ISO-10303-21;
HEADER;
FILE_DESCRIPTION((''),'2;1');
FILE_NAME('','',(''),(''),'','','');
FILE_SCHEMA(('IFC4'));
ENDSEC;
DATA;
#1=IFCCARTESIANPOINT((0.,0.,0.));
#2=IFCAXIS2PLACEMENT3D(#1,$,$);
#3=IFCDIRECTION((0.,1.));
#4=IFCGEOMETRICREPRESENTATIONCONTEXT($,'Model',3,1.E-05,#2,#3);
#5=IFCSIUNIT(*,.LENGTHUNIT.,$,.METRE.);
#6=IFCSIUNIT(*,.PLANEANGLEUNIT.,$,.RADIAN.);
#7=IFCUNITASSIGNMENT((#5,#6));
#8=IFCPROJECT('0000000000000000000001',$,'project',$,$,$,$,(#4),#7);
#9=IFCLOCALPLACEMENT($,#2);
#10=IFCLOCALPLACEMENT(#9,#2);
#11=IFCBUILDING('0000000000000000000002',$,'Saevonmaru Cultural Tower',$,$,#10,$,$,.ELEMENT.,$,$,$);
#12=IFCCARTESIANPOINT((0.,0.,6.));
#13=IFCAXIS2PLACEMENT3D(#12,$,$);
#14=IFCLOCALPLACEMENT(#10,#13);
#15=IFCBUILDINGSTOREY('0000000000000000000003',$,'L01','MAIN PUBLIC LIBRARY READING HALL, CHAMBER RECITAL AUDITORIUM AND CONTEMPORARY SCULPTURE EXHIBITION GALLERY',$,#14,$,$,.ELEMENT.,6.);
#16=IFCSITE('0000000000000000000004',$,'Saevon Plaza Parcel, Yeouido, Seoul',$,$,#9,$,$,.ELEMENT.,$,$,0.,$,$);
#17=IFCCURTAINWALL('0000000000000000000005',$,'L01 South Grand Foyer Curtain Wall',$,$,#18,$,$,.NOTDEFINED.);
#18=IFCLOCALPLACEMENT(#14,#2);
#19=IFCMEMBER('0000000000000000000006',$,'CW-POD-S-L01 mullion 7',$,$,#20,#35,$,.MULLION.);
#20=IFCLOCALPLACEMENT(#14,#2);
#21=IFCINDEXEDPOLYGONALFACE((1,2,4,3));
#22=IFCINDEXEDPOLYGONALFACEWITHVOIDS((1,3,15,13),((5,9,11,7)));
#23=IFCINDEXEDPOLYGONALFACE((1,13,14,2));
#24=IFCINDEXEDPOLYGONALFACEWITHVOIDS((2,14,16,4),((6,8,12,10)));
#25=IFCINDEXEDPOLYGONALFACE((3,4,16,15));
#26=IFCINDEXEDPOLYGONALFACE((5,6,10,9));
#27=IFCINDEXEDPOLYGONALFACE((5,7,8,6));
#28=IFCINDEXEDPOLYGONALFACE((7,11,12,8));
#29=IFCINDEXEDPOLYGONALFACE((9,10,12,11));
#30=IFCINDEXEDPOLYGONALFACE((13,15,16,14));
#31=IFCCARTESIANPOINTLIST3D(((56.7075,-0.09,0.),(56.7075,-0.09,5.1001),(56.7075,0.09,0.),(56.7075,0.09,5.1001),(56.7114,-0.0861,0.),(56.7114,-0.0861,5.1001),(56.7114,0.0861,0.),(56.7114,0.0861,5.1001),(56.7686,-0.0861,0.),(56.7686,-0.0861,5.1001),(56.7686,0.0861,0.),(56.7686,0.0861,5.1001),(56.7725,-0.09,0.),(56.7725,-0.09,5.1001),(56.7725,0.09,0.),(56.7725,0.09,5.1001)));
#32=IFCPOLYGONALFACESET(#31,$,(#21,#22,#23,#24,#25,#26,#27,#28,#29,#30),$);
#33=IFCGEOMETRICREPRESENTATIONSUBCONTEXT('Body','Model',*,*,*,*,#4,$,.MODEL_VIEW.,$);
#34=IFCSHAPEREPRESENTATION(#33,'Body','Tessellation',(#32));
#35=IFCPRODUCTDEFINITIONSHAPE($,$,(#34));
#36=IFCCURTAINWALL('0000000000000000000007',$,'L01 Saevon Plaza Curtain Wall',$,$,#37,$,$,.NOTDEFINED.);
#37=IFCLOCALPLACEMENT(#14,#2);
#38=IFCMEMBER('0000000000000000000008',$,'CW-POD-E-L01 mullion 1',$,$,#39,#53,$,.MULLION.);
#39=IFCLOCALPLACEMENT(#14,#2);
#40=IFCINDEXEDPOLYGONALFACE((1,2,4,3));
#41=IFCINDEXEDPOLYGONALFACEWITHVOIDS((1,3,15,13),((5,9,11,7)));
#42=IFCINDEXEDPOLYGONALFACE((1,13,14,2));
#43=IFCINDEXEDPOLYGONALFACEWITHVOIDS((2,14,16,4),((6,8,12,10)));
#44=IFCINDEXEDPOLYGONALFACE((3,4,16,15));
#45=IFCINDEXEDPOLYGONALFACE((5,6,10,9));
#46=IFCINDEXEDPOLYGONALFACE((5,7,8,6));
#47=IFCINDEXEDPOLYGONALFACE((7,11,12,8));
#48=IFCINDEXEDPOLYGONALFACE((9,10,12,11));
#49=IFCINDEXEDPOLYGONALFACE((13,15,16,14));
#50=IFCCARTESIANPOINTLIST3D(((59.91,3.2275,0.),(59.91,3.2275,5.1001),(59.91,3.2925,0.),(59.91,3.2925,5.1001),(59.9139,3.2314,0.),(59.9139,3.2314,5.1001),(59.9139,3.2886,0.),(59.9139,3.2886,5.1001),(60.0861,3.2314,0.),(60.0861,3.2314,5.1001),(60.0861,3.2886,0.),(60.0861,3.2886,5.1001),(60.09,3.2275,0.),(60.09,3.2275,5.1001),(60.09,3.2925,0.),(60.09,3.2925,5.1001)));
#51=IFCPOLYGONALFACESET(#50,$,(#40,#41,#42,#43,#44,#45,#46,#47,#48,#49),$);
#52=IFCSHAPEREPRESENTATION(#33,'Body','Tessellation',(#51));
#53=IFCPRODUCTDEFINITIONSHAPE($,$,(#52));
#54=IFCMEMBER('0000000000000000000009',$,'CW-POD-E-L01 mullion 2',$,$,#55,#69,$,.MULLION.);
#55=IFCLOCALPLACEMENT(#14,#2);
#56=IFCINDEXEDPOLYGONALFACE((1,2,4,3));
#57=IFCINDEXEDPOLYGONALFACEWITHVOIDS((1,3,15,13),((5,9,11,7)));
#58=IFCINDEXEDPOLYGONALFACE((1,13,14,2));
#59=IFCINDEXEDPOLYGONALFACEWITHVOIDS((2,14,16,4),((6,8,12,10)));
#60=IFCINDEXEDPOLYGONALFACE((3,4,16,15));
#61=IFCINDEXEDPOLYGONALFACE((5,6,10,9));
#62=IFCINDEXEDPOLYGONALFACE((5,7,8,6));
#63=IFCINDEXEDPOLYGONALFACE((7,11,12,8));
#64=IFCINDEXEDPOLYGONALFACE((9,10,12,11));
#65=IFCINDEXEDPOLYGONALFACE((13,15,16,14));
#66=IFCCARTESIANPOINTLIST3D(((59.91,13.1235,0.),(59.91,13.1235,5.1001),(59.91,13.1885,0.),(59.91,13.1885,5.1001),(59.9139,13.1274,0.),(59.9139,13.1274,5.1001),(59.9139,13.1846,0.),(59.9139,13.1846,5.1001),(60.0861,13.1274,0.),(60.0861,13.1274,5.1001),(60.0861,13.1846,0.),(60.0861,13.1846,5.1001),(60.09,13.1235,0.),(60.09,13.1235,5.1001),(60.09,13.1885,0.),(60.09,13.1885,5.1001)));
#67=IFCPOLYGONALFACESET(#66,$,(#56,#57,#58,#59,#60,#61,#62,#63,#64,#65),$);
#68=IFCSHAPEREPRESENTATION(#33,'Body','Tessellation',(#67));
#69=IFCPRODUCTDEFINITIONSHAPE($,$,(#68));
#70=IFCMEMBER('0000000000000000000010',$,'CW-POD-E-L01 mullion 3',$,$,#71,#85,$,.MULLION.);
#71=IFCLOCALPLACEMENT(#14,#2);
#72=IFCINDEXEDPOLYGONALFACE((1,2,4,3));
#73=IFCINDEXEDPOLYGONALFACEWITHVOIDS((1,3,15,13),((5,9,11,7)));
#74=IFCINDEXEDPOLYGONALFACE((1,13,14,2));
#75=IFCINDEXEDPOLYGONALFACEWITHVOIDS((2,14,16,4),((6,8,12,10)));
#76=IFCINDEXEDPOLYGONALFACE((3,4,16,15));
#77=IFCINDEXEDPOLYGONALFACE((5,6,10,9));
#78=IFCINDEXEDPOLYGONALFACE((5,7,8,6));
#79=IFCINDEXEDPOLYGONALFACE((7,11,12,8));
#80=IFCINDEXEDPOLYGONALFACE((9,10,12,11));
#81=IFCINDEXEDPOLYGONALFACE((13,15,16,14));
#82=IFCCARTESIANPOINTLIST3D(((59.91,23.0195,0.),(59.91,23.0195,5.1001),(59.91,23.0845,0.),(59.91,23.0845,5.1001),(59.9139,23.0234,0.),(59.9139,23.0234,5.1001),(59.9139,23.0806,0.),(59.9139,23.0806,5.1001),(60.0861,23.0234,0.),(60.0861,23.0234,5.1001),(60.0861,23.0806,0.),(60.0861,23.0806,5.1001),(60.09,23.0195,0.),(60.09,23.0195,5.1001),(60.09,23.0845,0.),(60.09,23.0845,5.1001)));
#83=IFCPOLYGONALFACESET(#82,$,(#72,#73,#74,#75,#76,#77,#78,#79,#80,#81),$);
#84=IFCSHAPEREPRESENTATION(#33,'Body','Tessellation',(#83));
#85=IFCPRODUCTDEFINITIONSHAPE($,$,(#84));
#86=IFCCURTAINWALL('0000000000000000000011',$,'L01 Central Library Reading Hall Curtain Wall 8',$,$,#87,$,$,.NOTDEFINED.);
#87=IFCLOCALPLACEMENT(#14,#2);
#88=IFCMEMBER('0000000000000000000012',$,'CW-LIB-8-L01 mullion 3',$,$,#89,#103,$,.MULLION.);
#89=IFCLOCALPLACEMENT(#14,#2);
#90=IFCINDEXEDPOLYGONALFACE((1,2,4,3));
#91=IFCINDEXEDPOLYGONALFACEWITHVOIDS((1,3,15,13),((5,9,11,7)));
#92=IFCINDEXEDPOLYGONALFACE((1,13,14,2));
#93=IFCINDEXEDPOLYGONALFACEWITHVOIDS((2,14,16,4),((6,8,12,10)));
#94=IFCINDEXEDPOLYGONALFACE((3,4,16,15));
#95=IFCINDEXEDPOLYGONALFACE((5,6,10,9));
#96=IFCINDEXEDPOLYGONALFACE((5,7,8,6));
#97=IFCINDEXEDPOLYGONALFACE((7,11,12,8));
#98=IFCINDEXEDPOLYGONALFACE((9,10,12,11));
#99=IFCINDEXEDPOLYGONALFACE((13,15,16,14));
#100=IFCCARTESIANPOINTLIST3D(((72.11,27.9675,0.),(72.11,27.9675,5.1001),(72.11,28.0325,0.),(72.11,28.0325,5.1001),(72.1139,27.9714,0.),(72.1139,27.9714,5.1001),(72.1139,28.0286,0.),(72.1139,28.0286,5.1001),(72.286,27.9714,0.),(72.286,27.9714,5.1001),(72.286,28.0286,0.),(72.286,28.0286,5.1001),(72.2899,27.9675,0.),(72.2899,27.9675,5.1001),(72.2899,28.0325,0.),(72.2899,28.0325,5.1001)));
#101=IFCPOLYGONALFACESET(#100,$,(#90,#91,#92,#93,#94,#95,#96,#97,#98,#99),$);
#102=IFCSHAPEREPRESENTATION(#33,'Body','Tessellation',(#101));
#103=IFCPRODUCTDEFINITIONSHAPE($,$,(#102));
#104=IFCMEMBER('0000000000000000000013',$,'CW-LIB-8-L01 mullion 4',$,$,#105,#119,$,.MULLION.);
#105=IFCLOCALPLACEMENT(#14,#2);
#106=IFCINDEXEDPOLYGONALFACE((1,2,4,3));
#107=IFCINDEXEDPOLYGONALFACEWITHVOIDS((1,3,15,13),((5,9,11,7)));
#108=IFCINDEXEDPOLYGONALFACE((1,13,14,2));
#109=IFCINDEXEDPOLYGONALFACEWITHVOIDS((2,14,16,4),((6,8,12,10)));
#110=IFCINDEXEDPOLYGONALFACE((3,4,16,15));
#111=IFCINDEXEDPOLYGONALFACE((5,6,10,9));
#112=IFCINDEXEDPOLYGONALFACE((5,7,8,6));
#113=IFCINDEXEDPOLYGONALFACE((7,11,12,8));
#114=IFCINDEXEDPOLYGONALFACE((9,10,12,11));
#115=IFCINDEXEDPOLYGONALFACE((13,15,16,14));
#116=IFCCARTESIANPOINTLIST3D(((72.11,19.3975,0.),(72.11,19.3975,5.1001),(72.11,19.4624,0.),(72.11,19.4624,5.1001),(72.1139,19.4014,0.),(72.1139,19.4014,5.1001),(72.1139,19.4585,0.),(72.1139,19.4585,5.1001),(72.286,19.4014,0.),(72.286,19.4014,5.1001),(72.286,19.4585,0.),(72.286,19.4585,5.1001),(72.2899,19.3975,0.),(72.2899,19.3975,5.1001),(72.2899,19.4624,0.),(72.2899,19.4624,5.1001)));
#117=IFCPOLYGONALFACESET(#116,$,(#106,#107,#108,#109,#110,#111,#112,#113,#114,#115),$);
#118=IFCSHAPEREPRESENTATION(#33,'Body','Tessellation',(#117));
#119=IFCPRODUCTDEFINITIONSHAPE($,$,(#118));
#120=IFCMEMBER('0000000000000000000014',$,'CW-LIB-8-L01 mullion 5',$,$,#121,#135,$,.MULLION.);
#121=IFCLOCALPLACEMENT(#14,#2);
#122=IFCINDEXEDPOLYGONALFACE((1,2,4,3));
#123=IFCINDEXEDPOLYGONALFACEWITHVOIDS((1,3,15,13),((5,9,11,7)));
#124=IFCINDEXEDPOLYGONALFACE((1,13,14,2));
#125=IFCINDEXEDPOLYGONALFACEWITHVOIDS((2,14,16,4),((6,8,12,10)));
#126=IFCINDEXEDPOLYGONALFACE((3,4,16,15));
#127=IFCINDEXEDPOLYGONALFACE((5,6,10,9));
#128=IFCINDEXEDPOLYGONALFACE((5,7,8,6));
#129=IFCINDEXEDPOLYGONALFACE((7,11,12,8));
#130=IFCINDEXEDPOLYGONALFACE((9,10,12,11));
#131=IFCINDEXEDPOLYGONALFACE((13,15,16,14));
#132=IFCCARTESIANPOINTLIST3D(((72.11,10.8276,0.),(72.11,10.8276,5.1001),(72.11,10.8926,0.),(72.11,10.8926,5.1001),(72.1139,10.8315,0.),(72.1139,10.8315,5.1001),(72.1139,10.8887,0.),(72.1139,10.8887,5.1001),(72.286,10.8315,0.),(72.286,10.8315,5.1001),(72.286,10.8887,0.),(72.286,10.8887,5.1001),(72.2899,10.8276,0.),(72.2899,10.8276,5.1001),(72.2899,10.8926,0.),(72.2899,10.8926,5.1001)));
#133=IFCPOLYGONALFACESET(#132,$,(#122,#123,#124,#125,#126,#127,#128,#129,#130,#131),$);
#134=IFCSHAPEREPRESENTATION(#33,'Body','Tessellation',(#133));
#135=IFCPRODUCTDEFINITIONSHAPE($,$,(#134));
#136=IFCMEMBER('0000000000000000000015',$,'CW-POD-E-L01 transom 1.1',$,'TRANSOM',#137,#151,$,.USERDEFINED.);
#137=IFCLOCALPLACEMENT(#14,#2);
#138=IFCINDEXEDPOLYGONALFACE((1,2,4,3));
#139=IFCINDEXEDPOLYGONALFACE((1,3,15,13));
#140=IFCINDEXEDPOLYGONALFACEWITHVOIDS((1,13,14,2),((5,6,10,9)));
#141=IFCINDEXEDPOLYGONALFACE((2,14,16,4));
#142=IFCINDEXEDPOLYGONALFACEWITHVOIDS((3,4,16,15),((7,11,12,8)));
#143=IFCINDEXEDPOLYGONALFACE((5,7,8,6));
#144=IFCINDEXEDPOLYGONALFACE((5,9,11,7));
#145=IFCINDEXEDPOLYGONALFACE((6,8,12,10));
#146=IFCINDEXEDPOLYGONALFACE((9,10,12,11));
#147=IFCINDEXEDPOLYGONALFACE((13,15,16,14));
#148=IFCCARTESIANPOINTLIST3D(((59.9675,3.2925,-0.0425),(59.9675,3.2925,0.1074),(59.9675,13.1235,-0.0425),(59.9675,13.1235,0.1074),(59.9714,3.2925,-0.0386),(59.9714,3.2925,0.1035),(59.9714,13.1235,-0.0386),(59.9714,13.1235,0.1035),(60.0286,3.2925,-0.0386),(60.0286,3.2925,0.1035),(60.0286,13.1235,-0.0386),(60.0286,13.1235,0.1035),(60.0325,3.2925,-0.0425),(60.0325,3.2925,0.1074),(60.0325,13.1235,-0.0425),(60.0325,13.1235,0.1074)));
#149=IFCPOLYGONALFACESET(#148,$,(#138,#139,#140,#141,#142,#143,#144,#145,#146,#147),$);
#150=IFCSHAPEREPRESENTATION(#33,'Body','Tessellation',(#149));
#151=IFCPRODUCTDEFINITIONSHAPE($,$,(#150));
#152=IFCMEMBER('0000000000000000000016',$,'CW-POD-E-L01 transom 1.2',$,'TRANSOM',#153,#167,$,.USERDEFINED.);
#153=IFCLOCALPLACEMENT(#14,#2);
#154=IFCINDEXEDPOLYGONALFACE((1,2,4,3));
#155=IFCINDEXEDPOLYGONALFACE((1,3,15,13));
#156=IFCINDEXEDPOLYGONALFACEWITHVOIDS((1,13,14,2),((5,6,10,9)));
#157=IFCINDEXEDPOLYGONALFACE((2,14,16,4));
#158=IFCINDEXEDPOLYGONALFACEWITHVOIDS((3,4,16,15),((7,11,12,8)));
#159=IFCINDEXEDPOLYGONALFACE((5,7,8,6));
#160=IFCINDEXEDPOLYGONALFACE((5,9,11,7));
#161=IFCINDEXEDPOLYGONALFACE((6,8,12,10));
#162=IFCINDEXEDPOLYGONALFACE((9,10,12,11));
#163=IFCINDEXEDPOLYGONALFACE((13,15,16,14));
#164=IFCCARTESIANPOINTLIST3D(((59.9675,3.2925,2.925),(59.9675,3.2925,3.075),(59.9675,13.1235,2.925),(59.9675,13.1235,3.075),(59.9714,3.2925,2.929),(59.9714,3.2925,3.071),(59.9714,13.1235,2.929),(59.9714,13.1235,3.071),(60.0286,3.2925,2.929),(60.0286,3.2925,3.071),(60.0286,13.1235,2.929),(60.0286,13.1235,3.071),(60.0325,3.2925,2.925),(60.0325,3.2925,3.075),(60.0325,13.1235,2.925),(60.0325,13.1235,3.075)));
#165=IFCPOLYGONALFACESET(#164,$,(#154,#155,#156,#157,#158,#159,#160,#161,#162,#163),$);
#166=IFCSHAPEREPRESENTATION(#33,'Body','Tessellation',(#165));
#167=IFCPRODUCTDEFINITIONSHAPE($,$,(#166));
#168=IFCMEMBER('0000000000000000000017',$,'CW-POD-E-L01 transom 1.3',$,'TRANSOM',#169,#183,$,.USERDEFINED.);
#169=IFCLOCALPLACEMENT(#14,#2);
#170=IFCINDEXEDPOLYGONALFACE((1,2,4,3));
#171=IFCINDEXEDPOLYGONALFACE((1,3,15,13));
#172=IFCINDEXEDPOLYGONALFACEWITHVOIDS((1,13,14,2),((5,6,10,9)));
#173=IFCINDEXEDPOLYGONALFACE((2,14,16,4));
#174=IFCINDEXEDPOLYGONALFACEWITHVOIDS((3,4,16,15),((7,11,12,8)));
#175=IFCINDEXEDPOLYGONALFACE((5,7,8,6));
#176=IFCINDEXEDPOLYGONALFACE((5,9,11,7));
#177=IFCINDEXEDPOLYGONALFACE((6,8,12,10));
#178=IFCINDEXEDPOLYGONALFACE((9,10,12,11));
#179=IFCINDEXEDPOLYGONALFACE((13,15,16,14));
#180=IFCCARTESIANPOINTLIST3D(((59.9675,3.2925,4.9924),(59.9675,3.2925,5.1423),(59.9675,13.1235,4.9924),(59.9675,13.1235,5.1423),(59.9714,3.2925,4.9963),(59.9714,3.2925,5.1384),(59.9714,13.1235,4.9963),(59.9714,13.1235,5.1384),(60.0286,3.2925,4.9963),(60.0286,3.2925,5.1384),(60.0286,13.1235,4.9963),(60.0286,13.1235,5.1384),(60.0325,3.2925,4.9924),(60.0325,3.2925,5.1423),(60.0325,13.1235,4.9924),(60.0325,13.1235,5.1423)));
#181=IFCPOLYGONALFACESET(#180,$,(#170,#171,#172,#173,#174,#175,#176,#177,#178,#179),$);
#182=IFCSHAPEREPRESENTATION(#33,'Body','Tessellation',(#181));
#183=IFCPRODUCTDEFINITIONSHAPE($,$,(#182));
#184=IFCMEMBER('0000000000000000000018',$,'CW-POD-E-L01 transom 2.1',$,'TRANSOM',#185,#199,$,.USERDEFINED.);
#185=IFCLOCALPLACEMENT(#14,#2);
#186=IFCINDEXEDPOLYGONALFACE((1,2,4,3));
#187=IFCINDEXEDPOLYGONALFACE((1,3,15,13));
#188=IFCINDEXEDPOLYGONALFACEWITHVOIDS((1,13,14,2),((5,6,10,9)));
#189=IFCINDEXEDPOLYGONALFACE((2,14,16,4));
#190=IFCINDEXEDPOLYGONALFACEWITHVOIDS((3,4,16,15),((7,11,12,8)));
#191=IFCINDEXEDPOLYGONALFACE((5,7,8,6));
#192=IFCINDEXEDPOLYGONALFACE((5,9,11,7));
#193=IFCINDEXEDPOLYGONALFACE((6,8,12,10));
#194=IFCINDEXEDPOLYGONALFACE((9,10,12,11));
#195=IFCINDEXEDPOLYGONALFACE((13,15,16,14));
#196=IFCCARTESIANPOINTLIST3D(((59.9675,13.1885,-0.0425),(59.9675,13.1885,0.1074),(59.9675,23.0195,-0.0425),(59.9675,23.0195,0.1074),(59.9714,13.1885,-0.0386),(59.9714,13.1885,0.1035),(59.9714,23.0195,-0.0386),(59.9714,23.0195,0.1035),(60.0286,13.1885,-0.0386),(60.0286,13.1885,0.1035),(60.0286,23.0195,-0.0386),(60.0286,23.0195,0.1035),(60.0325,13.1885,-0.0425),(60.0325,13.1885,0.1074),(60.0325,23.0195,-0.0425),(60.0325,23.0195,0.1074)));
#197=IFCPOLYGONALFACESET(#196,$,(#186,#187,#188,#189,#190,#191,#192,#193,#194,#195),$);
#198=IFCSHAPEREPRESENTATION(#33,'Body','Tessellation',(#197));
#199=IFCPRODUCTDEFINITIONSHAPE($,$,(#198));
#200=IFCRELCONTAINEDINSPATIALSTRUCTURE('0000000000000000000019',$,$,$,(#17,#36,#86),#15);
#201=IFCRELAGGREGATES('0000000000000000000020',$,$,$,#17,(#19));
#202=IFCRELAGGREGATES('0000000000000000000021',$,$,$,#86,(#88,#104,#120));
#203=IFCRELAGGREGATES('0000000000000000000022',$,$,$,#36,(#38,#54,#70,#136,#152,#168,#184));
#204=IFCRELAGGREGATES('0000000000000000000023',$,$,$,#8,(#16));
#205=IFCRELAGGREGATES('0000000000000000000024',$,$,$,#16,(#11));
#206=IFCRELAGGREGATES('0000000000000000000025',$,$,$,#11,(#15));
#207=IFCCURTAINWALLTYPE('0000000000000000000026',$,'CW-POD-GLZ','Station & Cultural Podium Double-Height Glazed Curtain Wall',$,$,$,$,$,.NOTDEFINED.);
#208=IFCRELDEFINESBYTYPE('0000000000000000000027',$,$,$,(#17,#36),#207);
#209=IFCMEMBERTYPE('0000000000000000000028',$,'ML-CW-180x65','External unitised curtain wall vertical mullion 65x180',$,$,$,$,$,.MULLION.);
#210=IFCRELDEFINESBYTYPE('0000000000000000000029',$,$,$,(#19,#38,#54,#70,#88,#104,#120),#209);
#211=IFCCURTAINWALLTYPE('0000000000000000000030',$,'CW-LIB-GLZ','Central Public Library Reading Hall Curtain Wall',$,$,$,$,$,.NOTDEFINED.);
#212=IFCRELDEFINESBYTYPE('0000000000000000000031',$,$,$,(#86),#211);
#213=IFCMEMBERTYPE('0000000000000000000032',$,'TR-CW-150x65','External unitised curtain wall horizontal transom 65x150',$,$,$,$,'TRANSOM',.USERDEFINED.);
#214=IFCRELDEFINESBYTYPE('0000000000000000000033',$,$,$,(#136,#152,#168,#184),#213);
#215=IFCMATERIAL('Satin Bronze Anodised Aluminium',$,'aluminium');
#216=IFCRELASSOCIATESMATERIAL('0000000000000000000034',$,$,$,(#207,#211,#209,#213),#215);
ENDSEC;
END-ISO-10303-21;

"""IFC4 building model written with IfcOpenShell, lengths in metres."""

from ifc_helpers import new_model, si_unit, direction, frame, origin, origin_2d, place, context, subcontext, project, spatial, hollow_rectangle, extrude, material, material_profile, profile_set, type_object, element, aggregate, save


model = new_model("IFC4")

# Units and contexts
model_context = context("Model", 3, precision=1e-05, world=origin(), true_north=direction((0.0, 1.0)))
body_context = subcontext(model_context, "Body", "Model", "MODEL_VIEW")
ifc_project = project(units=[si_unit("LENGTHUNIT", "METRE"), si_unit("PLANEANGLEUNIT", "RADIAN")], contexts=[model_context])

# Site, building, storey
site_placement = place(None, origin())
site = spatial("IfcSite", under=ifc_project, at=site_placement, Name="Saevon Plaza Parcel, Yeouido, Seoul", CompositionType="ELEMENT", RefElevation=0.0)
building_placement = place(site_placement, origin())
building = spatial("IfcBuilding", under=site, at=building_placement, Name="Saevonmaru Cultural Tower", CompositionType="ELEMENT")
storey_placement = place(building_placement, frame((0.0, 0.0, 6.0)))
storey = spatial("IfcBuildingStorey", under=building, at=storey_placement, Name="L01", Description="MAIN PUBLIC LIBRARY READING HALL, CHAMBER RECITAL AUDITORIUM AND CONTEMPORARY SCULPTURE EXHIBITION GALLERY", CompositionType="ELEMENT", Elevation=6.0)

# Curtain wall, member
ifc_material_1 = material(Name="Satin Bronze Anodised Aluminium", Category="aluminium")
curtain_wall_type_1 = type_object("IfcCurtainWallType", Name="CW-POD-GLZ", Description="Station & Cultural Podium Double-Height Glazed Curtain Wall", PredefinedType="NOTDEFINED", material=ifc_material_1)
curtain_wall_1_placement = place(storey_placement, origin())
curtain_wall_1 = element("IfcCurtainWall", 1, at=curtain_wall_1_placement, inside=storey, type_object=curtain_wall_type_1, Name="L01 South Grand Foyer Curtain Wall", PredefinedType="NOTDEFINED")
ifc_material_profile_1 = material_profile(ifc_material_1, hollow_rectangle(XDim=0.0649, YDim=0.1799, WallThickness=0.0039, at=origin_2d()), Name="ALU-MULL-180x65x4")
ifc_profile_set_1 = profile_set([ifc_material_profile_1], Name="Satin Bronze Anodised Aluminium")
member_type_1 = type_object("IfcMemberType", Name="ML-CW-180x65", Description="External unitised curtain wall vertical mullion 65x180", PredefinedType="MULLION", material=ifc_profile_set_1)
member_1_placement = place(storey_placement, frame((56.74, 0.0, 0.0), z_axis=(0.0, 0.0, 1.0), x_axis=(1.0, 0.0, 0.0)))
member_1 = element("IfcMember", 2, at=member_1_placement, type_object=member_type_1, Name="CW-POD-S-L01 mullion 7", PredefinedType="MULLION", context=body_context, shape_type="SweptSolid", body=[
    extrude(hollow_rectangle(XDim=0.0649, YDim=0.1799, WallThickness=0.0039, at=origin_2d()), origin(), (0.0, 0.0, 1.0), 5.1001),
])
aggregate(curtain_wall_1, [member_1])

# Curtain walls, members
curtain_wall_2_placement = place(storey_placement, origin())
curtain_wall_2 = element("IfcCurtainWall", 3, at=curtain_wall_2_placement, inside=storey, type_object=curtain_wall_type_1, Name="L01 Saevon Plaza Curtain Wall", PredefinedType="NOTDEFINED")
member_2_placement = place(storey_placement, frame((60.0, 3.26, 0.0), z_axis=(0.0, 0.0, 1.0), x_axis=(0.0, 1.0, 0.0)))
member_2 = element("IfcMember", 4, at=member_2_placement, type_object=member_type_1, Name="CW-POD-E-L01 mullion 1", PredefinedType="MULLION", context=body_context, shape_type="SweptSolid", body=[
    extrude(hollow_rectangle(XDim=0.0649, YDim=0.1799, WallThickness=0.0039, at=origin_2d()), origin(), (0.0, 0.0, 1.0), 5.1001),
])
member_3_placement = place(storey_placement, frame((60.0, 13.156, 0.0), z_axis=(0.0, 0.0, 1.0), x_axis=(0.0, 1.0, 0.0)))
member_3 = element("IfcMember", 5, at=member_3_placement, type_object=member_type_1, Name="CW-POD-E-L01 mullion 2", PredefinedType="MULLION", context=body_context, shape_type="SweptSolid", body=[
    extrude(hollow_rectangle(XDim=0.0649, YDim=0.1799, WallThickness=0.0039, at=origin_2d()), origin(), (0.0, 0.0, 1.0), 5.1001),
])
member_4_placement = place(storey_placement, frame((60.0, 23.052, 0.0), z_axis=(0.0, 0.0, 1.0), x_axis=(0.0, 1.0, 0.0)))
member_4 = element("IfcMember", 6, at=member_4_placement, type_object=member_type_1, Name="CW-POD-E-L01 mullion 3", PredefinedType="MULLION", context=body_context, shape_type="SweptSolid", body=[
    extrude(hollow_rectangle(XDim=0.0649, YDim=0.1799, WallThickness=0.0039, at=origin_2d()), origin(), (0.0, 0.0, 1.0), 5.1001),
])
curtain_wall_type_2 = type_object("IfcCurtainWallType", Name="CW-LIB-GLZ", Description="Central Public Library Reading Hall Curtain Wall", PredefinedType="NOTDEFINED", material=ifc_material_1)
curtain_wall_3_placement = place(storey_placement, origin())
curtain_wall_3 = element("IfcCurtainWall", 7, at=curtain_wall_3_placement, inside=storey, type_object=curtain_wall_type_2, Name="L01 Central Library Reading Hall Curtain Wall 8", PredefinedType="NOTDEFINED")
member_5_placement = place(storey_placement, frame((72.2, 28.0, 0.0), z_axis=(0.0, 0.0, 1.0), x_axis=(0.0, -1.0, 0.0)))
member_5 = element("IfcMember", 8, at=member_5_placement, type_object=member_type_1, Name="CW-LIB-8-L01 mullion 3", PredefinedType="MULLION", context=body_context, shape_type="SweptSolid", body=[
    extrude(hollow_rectangle(XDim=0.0649, YDim=0.1799, WallThickness=0.0039, at=origin_2d()), origin(), (0.0, 0.0, 1.0), 5.1001),
])
member_6_placement = place(storey_placement, frame((72.2, 19.4299, 0.0), z_axis=(0.0, 0.0, 1.0), x_axis=(0.0, -1.0, 0.0)))
member_6 = element("IfcMember", 9, at=member_6_placement, type_object=member_type_1, Name="CW-LIB-8-L01 mullion 4", PredefinedType="MULLION", context=body_context, shape_type="SweptSolid", body=[
    extrude(hollow_rectangle(XDim=0.0649, YDim=0.1799, WallThickness=0.0039, at=origin_2d()), origin(), (0.0, 0.0, 1.0), 5.1001),
])
member_7_placement = place(storey_placement, frame((72.2, 10.8601, 0.0), z_axis=(0.0, 0.0, 1.0), x_axis=(0.0, -1.0, 0.0)))
member_7 = element("IfcMember", 10, at=member_7_placement, type_object=member_type_1, Name="CW-LIB-8-L01 mullion 5", PredefinedType="MULLION", context=body_context, shape_type="SweptSolid", body=[
    extrude(hollow_rectangle(XDim=0.0649, YDim=0.1799, WallThickness=0.0039, at=origin_2d()), origin(), (0.0, 0.0, 1.0), 5.1001),
])
aggregate(curtain_wall_3, [member_5, member_6, member_7])

# Members
ifc_material_profile_2 = material_profile(ifc_material_1, hollow_rectangle(XDim=0.0649, YDim=0.1499, WallThickness=0.0039, at=origin_2d()), Name="ALU-TRAN-150x65x4")
ifc_profile_set_2 = profile_set([ifc_material_profile_2], Name="Satin Bronze Anodised Aluminium")
member_type_2 = type_object("IfcMemberType", Name="TR-CW-150x65", Description="External unitised curtain wall horizontal transom 65x150", ElementType="TRANSOM", PredefinedType="USERDEFINED", material=ifc_profile_set_2)
member_8_placement = place(storey_placement, frame((60.0, 3.2925, 0.0325), z_axis=(0.0, 1.0, 0.0), x_axis=(-1.0, 0.0, 0.0)))
member_8 = element("IfcMember", 11, at=member_8_placement, type_object=member_type_2, Name="CW-POD-E-L01 transom 1.1", ObjectType="TRANSOM", PredefinedType="USERDEFINED", context=body_context, shape_type="SweptSolid", body=[
    extrude(hollow_rectangle(XDim=0.0649, YDim=0.1499, WallThickness=0.0039, at=origin_2d()), origin(), (0.0, 0.0, 1.0), 9.8311),
])
member_9_placement = place(storey_placement, frame((60.0, 3.2925, 3.0), z_axis=(0.0, 1.0, 0.0), x_axis=(-1.0, 0.0, 0.0)))
member_9 = element("IfcMember", 12, at=member_9_placement, type_object=member_type_2, Name="CW-POD-E-L01 transom 1.2", ObjectType="TRANSOM", PredefinedType="USERDEFINED", context=body_context, shape_type="SweptSolid", body=[
    extrude(hollow_rectangle(XDim=0.0649, YDim=0.1499, WallThickness=0.0039, at=origin_2d()), origin(), (0.0, 0.0, 1.0), 9.8311),
])
member_10_placement = place(storey_placement, frame((60.0, 3.2925, 5.0674), z_axis=(0.0, 1.0, 0.0), x_axis=(-1.0, 0.0, 0.0)))
member_10 = element("IfcMember", 13, at=member_10_placement, type_object=member_type_2, Name="CW-POD-E-L01 transom 1.3", ObjectType="TRANSOM", PredefinedType="USERDEFINED", context=body_context, shape_type="SweptSolid", body=[
    extrude(hollow_rectangle(XDim=0.0649, YDim=0.1499, WallThickness=0.0039, at=origin_2d()), origin(), (0.0, 0.0, 1.0), 9.8311),
])
member_11_placement = place(storey_placement, frame((60.0, 13.1885, 0.0325), z_axis=(0.0, 1.0, 0.0), x_axis=(-1.0, 0.0, 0.0)))
member_11 = element("IfcMember", 14, at=member_11_placement, type_object=member_type_2, Name="CW-POD-E-L01 transom 2.1", ObjectType="TRANSOM", PredefinedType="USERDEFINED", context=body_context, shape_type="SweptSolid", body=[
    extrude(hollow_rectangle(XDim=0.0649, YDim=0.1499, WallThickness=0.0039, at=origin_2d()), origin(), (0.0, 0.0, 1.0), 9.8311),
])

aggregate(curtain_wall_2, [member_2, member_3, member_4, member_8, member_9, member_10, member_11])

save(model, "model.ifc")
